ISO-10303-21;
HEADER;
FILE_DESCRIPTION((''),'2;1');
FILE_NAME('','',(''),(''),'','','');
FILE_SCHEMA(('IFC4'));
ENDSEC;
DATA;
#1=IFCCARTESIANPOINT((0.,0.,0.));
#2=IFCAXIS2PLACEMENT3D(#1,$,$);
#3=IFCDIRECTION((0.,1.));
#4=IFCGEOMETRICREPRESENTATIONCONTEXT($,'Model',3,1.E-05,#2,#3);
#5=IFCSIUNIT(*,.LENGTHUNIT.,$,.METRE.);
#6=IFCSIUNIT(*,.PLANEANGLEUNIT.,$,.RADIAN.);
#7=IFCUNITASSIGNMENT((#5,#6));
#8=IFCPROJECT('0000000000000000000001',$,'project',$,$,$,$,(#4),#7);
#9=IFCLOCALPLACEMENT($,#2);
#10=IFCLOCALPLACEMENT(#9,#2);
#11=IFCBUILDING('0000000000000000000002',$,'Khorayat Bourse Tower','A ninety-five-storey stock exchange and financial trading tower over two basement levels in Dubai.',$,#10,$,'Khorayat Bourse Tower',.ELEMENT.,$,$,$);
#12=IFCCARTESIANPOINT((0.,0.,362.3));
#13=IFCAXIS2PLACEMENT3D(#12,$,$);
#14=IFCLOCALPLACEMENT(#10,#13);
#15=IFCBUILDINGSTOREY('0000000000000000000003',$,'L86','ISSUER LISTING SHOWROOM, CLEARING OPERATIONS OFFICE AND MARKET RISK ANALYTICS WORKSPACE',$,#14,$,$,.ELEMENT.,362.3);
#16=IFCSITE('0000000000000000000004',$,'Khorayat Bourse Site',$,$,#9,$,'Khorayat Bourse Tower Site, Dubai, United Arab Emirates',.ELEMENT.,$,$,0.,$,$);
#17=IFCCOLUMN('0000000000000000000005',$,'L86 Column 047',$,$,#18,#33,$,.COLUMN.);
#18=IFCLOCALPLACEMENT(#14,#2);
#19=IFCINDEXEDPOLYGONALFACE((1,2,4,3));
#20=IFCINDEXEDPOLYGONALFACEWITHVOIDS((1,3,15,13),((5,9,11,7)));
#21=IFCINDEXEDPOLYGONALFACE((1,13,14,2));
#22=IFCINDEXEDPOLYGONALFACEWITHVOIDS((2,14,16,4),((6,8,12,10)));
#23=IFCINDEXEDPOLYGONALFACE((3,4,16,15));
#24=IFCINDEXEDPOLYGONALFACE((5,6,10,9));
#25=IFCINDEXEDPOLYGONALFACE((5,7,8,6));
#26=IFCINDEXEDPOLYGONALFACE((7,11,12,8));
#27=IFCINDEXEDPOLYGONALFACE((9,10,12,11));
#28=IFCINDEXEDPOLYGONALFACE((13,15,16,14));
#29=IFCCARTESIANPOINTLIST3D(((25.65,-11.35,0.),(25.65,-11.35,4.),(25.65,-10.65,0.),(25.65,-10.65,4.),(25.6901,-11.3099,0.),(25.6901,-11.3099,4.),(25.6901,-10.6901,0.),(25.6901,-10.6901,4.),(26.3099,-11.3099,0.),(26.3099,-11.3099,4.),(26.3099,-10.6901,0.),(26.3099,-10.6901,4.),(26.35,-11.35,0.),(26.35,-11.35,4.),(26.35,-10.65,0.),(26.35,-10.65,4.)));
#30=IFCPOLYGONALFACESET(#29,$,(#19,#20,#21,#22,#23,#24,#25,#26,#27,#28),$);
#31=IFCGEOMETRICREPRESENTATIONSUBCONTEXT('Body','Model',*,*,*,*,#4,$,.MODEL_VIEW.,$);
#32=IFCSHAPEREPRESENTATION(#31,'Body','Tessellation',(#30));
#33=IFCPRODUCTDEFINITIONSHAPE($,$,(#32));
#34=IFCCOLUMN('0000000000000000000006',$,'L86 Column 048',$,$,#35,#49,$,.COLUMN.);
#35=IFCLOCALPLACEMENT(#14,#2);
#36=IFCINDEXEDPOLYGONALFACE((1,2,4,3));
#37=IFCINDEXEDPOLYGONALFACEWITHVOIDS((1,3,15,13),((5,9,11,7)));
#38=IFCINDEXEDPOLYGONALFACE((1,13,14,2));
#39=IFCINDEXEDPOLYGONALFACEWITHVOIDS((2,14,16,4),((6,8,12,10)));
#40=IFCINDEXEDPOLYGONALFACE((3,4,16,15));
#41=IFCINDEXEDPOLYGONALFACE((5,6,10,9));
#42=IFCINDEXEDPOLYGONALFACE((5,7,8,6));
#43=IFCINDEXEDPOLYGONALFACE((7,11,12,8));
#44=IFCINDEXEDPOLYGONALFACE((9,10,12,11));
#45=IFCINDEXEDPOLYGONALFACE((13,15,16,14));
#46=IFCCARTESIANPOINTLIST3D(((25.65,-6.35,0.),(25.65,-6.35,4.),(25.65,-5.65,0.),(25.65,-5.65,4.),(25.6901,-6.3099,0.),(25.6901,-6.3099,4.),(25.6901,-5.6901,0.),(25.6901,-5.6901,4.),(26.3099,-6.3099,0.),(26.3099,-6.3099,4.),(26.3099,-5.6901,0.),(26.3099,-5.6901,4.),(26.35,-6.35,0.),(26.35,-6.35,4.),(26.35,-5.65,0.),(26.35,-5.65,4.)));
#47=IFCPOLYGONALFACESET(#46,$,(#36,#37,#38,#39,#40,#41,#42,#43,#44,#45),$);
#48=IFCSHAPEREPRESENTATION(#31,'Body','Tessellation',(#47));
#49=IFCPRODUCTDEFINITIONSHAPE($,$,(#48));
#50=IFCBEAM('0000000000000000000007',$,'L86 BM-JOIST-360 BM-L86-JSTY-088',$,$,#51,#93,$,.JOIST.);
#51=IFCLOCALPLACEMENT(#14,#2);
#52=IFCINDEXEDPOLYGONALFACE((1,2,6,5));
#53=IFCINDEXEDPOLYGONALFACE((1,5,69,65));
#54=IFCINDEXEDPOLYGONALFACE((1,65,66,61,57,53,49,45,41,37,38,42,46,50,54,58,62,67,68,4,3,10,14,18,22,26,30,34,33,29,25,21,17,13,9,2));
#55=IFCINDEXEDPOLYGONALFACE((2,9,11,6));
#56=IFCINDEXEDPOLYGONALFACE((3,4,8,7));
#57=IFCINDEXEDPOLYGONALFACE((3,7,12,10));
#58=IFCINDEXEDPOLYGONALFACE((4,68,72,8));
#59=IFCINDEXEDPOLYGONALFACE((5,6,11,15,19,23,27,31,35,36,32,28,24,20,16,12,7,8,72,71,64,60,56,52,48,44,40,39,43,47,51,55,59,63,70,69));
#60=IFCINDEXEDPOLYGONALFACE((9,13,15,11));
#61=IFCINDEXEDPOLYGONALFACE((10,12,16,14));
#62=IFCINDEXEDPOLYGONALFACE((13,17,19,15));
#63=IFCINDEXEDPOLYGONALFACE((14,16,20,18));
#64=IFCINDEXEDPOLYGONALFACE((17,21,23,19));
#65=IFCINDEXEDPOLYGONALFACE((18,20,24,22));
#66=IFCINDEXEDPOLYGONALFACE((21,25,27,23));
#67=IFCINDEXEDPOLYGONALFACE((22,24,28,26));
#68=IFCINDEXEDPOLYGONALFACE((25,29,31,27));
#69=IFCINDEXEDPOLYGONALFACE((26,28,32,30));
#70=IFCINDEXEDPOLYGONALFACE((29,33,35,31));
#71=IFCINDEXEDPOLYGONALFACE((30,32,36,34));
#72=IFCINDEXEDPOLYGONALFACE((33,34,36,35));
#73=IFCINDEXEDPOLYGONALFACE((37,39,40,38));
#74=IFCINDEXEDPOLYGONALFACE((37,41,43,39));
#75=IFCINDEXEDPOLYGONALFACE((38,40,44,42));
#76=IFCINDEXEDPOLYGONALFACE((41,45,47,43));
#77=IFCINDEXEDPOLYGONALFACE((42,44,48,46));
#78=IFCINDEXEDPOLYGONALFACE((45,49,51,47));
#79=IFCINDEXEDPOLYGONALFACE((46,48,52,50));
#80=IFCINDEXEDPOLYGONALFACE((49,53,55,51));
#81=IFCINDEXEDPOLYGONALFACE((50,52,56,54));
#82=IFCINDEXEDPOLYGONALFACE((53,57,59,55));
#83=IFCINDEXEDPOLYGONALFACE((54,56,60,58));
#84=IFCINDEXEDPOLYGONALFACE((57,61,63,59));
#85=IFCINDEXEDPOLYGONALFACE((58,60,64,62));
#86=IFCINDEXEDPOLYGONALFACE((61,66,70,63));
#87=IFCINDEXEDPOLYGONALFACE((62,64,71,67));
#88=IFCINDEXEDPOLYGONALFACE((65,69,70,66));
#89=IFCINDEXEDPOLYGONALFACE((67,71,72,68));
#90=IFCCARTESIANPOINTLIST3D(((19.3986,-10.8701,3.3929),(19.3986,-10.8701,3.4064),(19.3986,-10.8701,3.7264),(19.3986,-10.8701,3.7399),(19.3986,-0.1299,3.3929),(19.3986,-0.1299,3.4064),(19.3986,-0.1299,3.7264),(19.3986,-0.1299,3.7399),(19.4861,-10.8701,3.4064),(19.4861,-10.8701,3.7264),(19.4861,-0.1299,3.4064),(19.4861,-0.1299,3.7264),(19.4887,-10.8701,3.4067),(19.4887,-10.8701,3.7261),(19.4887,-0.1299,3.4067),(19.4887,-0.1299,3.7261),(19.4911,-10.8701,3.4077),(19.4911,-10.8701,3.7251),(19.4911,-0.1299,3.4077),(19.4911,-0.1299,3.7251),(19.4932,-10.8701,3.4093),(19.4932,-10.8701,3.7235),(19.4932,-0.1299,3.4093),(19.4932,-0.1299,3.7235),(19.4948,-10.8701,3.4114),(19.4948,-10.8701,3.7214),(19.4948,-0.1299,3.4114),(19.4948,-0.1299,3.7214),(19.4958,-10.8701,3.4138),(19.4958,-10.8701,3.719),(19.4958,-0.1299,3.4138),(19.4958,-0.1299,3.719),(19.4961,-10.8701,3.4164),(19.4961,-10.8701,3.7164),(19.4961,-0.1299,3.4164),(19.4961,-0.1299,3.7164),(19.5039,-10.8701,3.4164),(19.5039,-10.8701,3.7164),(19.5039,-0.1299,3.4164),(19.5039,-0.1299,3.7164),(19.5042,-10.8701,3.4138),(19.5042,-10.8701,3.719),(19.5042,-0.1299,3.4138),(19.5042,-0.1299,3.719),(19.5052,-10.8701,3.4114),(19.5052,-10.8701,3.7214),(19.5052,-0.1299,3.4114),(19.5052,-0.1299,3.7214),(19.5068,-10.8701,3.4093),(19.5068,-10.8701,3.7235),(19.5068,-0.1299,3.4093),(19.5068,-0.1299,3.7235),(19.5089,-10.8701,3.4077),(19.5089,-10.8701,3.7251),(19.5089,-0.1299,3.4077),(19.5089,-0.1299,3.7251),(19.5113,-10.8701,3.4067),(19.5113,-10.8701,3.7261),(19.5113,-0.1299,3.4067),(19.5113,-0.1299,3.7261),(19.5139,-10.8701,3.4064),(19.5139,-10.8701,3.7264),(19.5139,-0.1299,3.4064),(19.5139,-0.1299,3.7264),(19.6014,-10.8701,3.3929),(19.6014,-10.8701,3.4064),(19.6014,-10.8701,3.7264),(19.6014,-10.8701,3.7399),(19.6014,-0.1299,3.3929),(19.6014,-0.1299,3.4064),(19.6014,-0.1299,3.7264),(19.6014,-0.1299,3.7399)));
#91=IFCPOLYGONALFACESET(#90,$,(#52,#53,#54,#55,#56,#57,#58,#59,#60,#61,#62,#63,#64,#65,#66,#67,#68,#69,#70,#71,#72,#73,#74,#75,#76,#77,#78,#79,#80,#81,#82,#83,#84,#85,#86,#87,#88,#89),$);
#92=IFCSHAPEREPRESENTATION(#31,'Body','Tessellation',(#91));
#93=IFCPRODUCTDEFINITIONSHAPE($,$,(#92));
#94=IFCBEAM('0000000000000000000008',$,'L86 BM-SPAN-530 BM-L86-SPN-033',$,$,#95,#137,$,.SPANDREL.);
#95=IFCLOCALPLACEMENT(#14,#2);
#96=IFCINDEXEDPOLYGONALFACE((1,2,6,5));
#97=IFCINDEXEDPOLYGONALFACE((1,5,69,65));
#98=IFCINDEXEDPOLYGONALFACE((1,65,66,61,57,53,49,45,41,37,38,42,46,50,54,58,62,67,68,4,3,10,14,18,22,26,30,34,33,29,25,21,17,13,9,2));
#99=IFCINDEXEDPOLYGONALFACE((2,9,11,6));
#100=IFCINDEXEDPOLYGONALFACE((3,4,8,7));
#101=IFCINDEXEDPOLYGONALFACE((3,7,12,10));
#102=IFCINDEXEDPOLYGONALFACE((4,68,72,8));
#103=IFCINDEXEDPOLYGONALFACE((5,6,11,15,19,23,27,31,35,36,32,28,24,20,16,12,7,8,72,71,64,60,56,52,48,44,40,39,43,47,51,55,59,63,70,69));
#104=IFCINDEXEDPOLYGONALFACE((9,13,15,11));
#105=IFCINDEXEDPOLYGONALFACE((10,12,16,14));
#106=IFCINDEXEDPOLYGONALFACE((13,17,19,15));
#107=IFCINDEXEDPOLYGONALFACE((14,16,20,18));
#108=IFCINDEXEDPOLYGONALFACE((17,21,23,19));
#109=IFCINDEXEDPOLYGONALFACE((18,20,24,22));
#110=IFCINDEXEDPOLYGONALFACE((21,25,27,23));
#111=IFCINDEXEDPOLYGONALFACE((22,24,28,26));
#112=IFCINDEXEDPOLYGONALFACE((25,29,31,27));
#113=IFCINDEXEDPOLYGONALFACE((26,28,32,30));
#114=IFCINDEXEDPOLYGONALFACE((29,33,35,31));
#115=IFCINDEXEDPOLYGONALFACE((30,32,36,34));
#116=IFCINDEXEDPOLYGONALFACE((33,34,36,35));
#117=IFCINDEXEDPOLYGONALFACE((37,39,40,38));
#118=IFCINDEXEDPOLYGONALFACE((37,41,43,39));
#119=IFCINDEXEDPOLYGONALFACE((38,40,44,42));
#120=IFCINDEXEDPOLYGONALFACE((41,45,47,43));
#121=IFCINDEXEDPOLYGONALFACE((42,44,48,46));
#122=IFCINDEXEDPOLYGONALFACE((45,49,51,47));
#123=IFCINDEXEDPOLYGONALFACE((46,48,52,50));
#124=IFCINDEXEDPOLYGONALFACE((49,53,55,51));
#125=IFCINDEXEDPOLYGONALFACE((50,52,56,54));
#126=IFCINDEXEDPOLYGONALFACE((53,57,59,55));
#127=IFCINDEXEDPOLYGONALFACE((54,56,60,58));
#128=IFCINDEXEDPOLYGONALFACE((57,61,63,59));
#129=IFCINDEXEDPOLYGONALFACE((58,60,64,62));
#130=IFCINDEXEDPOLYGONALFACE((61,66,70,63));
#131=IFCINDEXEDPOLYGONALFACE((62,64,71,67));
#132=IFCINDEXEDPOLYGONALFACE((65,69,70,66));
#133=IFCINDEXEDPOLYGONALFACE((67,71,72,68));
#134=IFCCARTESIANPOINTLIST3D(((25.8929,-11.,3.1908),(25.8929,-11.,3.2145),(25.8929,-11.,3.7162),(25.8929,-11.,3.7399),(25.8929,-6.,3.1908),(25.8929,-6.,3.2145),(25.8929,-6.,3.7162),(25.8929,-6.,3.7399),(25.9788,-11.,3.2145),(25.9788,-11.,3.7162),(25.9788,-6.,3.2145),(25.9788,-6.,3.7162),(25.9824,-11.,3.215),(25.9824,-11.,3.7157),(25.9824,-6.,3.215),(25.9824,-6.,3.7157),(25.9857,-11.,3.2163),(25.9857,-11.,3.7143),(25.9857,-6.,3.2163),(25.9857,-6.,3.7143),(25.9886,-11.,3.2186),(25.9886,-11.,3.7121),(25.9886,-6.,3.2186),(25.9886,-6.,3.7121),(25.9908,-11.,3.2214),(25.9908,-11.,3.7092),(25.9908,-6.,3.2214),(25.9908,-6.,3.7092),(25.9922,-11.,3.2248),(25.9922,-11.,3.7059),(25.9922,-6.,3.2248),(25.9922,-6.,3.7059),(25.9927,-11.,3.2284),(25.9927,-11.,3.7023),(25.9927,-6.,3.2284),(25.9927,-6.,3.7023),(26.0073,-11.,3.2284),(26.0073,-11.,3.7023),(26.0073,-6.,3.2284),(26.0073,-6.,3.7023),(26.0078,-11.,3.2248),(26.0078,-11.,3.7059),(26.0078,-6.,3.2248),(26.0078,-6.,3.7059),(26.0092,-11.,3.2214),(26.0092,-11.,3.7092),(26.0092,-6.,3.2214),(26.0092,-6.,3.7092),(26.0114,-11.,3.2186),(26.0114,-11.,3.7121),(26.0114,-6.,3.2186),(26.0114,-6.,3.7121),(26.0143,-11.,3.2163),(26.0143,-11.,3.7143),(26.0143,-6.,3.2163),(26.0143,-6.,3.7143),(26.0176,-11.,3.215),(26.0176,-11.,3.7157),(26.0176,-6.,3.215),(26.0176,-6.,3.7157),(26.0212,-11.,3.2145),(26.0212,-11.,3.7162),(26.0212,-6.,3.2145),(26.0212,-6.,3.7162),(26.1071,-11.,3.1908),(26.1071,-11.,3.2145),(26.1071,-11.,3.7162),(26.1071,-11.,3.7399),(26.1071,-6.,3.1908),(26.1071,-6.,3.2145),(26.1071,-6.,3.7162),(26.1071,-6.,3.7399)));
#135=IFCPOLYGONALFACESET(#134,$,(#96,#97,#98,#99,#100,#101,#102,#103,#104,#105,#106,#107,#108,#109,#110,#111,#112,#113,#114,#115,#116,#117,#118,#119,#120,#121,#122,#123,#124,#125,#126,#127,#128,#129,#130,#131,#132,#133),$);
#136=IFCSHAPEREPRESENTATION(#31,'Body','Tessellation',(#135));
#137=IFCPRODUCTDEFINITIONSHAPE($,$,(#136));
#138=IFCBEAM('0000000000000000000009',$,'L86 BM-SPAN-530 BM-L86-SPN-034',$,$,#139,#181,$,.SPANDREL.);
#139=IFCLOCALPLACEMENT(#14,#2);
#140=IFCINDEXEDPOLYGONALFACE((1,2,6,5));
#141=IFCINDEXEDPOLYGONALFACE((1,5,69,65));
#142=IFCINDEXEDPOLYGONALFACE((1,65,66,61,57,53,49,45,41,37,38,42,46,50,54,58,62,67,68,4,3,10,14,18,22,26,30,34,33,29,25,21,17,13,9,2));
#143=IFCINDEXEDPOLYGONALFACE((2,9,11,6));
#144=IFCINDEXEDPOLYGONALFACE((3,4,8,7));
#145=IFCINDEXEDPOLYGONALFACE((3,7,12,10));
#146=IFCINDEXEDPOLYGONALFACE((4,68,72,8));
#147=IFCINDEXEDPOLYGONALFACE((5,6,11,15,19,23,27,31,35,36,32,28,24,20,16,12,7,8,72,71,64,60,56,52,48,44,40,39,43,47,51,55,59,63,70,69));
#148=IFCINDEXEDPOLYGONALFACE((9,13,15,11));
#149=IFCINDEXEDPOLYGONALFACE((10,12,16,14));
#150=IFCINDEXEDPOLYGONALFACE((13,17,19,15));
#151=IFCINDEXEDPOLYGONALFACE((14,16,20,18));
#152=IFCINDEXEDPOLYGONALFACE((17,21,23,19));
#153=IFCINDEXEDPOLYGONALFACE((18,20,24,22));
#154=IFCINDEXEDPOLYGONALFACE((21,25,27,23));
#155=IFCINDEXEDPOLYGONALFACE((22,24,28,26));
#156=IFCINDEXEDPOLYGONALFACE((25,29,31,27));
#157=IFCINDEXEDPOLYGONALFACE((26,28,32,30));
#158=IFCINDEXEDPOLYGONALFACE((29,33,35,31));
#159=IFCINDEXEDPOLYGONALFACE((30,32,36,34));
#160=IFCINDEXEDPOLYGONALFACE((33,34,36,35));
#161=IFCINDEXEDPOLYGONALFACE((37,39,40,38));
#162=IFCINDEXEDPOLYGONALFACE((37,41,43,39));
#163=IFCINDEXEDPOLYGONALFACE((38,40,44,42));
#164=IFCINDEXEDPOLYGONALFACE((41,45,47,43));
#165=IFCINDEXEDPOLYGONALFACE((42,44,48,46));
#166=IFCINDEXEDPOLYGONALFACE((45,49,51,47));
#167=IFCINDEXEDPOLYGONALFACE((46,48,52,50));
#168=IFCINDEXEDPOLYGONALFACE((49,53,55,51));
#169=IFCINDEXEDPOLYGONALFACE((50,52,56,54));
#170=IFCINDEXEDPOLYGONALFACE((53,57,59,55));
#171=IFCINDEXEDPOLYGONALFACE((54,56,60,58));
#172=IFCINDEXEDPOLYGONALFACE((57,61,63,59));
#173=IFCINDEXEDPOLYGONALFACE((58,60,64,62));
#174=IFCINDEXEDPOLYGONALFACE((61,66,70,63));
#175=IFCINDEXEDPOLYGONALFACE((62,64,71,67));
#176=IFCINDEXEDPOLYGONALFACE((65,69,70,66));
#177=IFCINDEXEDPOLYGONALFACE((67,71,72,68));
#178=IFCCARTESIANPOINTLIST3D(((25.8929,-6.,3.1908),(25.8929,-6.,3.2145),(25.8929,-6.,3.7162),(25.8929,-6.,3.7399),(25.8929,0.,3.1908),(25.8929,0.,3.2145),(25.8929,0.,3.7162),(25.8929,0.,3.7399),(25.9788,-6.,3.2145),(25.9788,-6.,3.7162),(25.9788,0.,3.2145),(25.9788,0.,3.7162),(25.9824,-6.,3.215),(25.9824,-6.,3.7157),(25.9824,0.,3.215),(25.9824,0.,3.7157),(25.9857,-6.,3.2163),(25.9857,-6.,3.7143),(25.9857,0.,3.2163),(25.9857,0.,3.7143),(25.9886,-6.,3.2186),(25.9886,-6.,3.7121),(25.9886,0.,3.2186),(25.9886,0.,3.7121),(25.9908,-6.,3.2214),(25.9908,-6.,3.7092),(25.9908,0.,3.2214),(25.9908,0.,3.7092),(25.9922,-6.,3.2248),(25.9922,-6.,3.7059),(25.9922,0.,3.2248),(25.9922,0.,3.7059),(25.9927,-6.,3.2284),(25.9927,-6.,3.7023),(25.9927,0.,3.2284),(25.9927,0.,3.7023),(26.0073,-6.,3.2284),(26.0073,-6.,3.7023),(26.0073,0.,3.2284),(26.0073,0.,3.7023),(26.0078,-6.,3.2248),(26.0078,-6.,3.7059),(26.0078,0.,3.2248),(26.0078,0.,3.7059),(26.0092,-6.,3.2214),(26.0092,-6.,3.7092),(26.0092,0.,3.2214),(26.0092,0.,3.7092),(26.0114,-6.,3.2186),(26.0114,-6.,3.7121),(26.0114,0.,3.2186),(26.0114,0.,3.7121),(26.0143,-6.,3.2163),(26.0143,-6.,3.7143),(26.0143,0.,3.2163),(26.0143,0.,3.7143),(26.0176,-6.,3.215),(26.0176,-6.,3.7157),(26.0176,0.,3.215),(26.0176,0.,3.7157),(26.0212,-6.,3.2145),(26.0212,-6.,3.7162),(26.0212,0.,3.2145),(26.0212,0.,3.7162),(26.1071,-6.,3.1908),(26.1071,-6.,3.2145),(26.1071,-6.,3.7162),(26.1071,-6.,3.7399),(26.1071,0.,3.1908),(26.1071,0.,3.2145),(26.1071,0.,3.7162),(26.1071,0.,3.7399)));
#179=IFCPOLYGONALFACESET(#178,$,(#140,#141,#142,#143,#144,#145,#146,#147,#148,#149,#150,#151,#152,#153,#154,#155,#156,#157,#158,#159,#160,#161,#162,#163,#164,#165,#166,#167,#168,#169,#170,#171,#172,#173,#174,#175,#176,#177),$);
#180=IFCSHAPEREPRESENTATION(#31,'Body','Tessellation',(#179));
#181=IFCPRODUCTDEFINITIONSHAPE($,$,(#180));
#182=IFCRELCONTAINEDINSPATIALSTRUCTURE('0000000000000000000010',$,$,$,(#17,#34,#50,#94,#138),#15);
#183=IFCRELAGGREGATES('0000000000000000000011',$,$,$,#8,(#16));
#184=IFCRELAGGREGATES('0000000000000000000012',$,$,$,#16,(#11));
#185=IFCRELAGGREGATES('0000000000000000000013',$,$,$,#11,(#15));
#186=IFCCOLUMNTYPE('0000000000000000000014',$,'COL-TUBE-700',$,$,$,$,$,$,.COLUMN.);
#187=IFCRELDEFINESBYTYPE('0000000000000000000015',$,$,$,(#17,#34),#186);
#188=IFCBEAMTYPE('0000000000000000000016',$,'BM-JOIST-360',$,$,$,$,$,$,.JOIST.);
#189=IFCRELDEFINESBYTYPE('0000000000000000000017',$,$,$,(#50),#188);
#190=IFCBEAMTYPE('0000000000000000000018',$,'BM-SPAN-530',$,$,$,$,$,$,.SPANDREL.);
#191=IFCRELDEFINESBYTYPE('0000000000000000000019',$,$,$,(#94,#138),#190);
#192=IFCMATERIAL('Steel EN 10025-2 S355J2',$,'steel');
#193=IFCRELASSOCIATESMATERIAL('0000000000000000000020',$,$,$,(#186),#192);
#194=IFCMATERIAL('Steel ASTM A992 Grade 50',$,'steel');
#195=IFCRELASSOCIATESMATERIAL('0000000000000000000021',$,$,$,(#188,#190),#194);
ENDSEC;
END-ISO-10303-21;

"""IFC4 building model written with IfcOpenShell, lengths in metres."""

from ifc_helpers import new_model, si_unit, direction, frame, origin, origin_2d, place, context, subcontext, project, spatial, hollow_rectangle, i_section, extrude, source, transform, mapped, material, material_profile, profile_set, type_object, element, save


model = new_model("IFC4")

# Units and contexts
model_context = context("Model", 3, precision=1e-05, world=origin(), true_north=direction((0.0, 1.0)))
body_context = subcontext(model_context, "Body", "Model", "MODEL_VIEW")
ifc_project = project(units=[si_unit("LENGTHUNIT", "METRE"), si_unit("PLANEANGLEUNIT", "RADIAN")], contexts=[model_context])

# Site, building, storey
site_placement = place(None, origin())
site = spatial("IfcSite", under=ifc_project, at=site_placement, Name="Khorayat Bourse Site", LongName="Khorayat Bourse Tower Site, Dubai, United Arab Emirates", CompositionType="ELEMENT", RefElevation=0.0)
building_placement = place(site_placement, origin())
building = spatial("IfcBuilding", under=site, at=building_placement, Name="Khorayat Bourse Tower", Description="A ninety-five-storey stock exchange and financial trading tower over two basement levels in Dubai.", LongName="Khorayat Bourse Tower", CompositionType="ELEMENT")
storey_placement = place(building_placement, frame((0.0, 0.0, 362.3)))
storey = spatial("IfcBuildingStorey", under=building, at=storey_placement, Name="L86", Description="ISSUER LISTING SHOWROOM, CLEARING OPERATIONS OFFICE AND MARKET RISK ANALYTICS WORKSPACE", CompositionType="ELEMENT", Elevation=362.3)

# Columns
ifc_material_1 = material(Name="Steel EN 10025-2 S355J2", Category="steel")
ifc_material_profile_1 = material_profile(ifc_material_1, hollow_rectangle(XDim=0.7, YDim=0.7, WallThickness=0.04, at=origin_2d()), Name="BOX 700x700x40")
ifc_profile_set_1 = profile_set([ifc_material_profile_1], Name="Steel EN 10025-2 S355J2")
column_type = type_object("IfcColumnType", Name="COL-TUBE-700", PredefinedType="COLUMN", material=ifc_profile_set_1)
shared_shape_1 = source(origin(), body_context, "Body", "SweptSolid", [
    extrude(hollow_rectangle(XDim=0.7, YDim=0.7, WallThickness=0.04, at=origin_2d()), origin(), (0.0, 0.0, 1.0), 4.0),
])
for number, where, z_axis, x_axis, name in (
    (1, (26.0, -11.0, 0.0), (0.0, 0.0, 1.0), (1.0, 0.0, 0.0), "L86 Column 047"),
    (2, (26.0, -6.0, 0.0), (0.0, 0.0, 1.0), (1.0, 0.0, 0.0), "L86 Column 048"),
):
    element("IfcColumn", number, at=place(storey_placement, frame(where, z_axis=z_axis, x_axis=x_axis)), inside=storey, type_object=column_type, Name=name, PredefinedType="COLUMN", context=body_context, shape_type="MappedRepresentation", body=[
        mapped(shared_shape_1, transform((0.0, 0.0, 0.0), scale=1.0)),
    ])

# Beams
ifc_material_2 = material(Name="Steel ASTM A992 Grade 50", Category="steel")
ifc_material_profile_2 = material_profile(ifc_material_2, i_section(OverallWidth=0.2029, OverallDepth=0.3469, WebThickness=0.0078, FlangeThickness=0.0134, FilletRadius=0.01, at=origin_2d()), Name="W360X64")
ifc_profile_set_2 = profile_set([ifc_material_profile_2], Name="Steel ASTM A992 Grade 50")
beam_type_1 = type_object("IfcBeamType", Name="BM-JOIST-360", PredefinedType="JOIST", material=ifc_profile_set_2)
shared_shape_2 = source(origin(), body_context, "Body", "SweptSolid", [
    extrude(i_section(OverallWidth=0.2029, OverallDepth=0.3469, WebThickness=0.0078, FlangeThickness=0.0134, FilletRadius=0.01, at=origin_2d()), origin(), (0.0, 0.0, 1.0), 10.7402),
])
beam_1_placement = place(storey_placement, frame((19.5, -10.8701, 3.5664), z_axis=(0.0, 1.0, 0.0), x_axis=(-1.0, 0.0, 0.0)))
element("IfcBeam", 3, at=beam_1_placement, inside=storey, type_object=beam_type_1, Name="L86 BM-JOIST-360 BM-L86-JSTY-088", PredefinedType="JOIST", context=body_context, shape_type="MappedRepresentation", body=[
    mapped(shared_shape_2, transform((0.0, 0.0, 0.0), scale=1.0)),
])
ifc_material_profile_3 = material_profile(ifc_material_2, i_section(OverallWidth=0.2141, OverallDepth=0.5491, WebThickness=0.0146, FlangeThickness=0.0237, FilletRadius=0.0139, at=origin_2d()), Name="W530X138")
ifc_profile_set_3 = profile_set([ifc_material_profile_3], Name="Steel ASTM A992 Grade 50")
beam_type_2 = type_object("IfcBeamType", Name="BM-SPAN-530", PredefinedType="SPANDREL", material=ifc_profile_set_3)
shared_shape_3 = source(origin(), body_context, "Body", "SweptSolid", [
    extrude(i_section(OverallWidth=0.2141, OverallDepth=0.5491, WebThickness=0.0146, FlangeThickness=0.0237, FilletRadius=0.0139, at=origin_2d()), origin(), (0.0, 0.0, 1.0), 5.0),
])
beam_2_placement = place(storey_placement, frame((26.0, -11.0, 3.4653), z_axis=(0.0, 1.0, 0.0), x_axis=(-1.0, 0.0, 0.0)))
element("IfcBeam", 4, at=beam_2_placement, inside=storey, type_object=beam_type_2, Name="L86 BM-SPAN-530 BM-L86-SPN-033", PredefinedType="SPANDREL", context=body_context, shape_type="MappedRepresentation", body=[
    mapped(shared_shape_3, transform((0.0, 0.0, 0.0), scale=1.0)),
])
shared_shape_4 = source(origin(), body_context, "Body", "SweptSolid", [
    extrude(i_section(OverallWidth=0.2141, OverallDepth=0.5491, WebThickness=0.0146, FlangeThickness=0.0237, FilletRadius=0.0139, at=origin_2d()), origin(), (0.0, 0.0, 1.0), 6.0),
])
beam_3_placement = place(storey_placement, frame((26.0, -6.0, 3.4653), z_axis=(0.0, 1.0, 0.0), x_axis=(-1.0, 0.0, 0.0)))
element("IfcBeam", 5, at=beam_3_placement, inside=storey, type_object=beam_type_2, Name="L86 BM-SPAN-530 BM-L86-SPN-034", PredefinedType="SPANDREL", context=body_context, shape_type="MappedRepresentation", body=[
    mapped(shared_shape_4, transform((0.0, 0.0, 0.0), scale=1.0)),
])

save(model, "model.ifc")
